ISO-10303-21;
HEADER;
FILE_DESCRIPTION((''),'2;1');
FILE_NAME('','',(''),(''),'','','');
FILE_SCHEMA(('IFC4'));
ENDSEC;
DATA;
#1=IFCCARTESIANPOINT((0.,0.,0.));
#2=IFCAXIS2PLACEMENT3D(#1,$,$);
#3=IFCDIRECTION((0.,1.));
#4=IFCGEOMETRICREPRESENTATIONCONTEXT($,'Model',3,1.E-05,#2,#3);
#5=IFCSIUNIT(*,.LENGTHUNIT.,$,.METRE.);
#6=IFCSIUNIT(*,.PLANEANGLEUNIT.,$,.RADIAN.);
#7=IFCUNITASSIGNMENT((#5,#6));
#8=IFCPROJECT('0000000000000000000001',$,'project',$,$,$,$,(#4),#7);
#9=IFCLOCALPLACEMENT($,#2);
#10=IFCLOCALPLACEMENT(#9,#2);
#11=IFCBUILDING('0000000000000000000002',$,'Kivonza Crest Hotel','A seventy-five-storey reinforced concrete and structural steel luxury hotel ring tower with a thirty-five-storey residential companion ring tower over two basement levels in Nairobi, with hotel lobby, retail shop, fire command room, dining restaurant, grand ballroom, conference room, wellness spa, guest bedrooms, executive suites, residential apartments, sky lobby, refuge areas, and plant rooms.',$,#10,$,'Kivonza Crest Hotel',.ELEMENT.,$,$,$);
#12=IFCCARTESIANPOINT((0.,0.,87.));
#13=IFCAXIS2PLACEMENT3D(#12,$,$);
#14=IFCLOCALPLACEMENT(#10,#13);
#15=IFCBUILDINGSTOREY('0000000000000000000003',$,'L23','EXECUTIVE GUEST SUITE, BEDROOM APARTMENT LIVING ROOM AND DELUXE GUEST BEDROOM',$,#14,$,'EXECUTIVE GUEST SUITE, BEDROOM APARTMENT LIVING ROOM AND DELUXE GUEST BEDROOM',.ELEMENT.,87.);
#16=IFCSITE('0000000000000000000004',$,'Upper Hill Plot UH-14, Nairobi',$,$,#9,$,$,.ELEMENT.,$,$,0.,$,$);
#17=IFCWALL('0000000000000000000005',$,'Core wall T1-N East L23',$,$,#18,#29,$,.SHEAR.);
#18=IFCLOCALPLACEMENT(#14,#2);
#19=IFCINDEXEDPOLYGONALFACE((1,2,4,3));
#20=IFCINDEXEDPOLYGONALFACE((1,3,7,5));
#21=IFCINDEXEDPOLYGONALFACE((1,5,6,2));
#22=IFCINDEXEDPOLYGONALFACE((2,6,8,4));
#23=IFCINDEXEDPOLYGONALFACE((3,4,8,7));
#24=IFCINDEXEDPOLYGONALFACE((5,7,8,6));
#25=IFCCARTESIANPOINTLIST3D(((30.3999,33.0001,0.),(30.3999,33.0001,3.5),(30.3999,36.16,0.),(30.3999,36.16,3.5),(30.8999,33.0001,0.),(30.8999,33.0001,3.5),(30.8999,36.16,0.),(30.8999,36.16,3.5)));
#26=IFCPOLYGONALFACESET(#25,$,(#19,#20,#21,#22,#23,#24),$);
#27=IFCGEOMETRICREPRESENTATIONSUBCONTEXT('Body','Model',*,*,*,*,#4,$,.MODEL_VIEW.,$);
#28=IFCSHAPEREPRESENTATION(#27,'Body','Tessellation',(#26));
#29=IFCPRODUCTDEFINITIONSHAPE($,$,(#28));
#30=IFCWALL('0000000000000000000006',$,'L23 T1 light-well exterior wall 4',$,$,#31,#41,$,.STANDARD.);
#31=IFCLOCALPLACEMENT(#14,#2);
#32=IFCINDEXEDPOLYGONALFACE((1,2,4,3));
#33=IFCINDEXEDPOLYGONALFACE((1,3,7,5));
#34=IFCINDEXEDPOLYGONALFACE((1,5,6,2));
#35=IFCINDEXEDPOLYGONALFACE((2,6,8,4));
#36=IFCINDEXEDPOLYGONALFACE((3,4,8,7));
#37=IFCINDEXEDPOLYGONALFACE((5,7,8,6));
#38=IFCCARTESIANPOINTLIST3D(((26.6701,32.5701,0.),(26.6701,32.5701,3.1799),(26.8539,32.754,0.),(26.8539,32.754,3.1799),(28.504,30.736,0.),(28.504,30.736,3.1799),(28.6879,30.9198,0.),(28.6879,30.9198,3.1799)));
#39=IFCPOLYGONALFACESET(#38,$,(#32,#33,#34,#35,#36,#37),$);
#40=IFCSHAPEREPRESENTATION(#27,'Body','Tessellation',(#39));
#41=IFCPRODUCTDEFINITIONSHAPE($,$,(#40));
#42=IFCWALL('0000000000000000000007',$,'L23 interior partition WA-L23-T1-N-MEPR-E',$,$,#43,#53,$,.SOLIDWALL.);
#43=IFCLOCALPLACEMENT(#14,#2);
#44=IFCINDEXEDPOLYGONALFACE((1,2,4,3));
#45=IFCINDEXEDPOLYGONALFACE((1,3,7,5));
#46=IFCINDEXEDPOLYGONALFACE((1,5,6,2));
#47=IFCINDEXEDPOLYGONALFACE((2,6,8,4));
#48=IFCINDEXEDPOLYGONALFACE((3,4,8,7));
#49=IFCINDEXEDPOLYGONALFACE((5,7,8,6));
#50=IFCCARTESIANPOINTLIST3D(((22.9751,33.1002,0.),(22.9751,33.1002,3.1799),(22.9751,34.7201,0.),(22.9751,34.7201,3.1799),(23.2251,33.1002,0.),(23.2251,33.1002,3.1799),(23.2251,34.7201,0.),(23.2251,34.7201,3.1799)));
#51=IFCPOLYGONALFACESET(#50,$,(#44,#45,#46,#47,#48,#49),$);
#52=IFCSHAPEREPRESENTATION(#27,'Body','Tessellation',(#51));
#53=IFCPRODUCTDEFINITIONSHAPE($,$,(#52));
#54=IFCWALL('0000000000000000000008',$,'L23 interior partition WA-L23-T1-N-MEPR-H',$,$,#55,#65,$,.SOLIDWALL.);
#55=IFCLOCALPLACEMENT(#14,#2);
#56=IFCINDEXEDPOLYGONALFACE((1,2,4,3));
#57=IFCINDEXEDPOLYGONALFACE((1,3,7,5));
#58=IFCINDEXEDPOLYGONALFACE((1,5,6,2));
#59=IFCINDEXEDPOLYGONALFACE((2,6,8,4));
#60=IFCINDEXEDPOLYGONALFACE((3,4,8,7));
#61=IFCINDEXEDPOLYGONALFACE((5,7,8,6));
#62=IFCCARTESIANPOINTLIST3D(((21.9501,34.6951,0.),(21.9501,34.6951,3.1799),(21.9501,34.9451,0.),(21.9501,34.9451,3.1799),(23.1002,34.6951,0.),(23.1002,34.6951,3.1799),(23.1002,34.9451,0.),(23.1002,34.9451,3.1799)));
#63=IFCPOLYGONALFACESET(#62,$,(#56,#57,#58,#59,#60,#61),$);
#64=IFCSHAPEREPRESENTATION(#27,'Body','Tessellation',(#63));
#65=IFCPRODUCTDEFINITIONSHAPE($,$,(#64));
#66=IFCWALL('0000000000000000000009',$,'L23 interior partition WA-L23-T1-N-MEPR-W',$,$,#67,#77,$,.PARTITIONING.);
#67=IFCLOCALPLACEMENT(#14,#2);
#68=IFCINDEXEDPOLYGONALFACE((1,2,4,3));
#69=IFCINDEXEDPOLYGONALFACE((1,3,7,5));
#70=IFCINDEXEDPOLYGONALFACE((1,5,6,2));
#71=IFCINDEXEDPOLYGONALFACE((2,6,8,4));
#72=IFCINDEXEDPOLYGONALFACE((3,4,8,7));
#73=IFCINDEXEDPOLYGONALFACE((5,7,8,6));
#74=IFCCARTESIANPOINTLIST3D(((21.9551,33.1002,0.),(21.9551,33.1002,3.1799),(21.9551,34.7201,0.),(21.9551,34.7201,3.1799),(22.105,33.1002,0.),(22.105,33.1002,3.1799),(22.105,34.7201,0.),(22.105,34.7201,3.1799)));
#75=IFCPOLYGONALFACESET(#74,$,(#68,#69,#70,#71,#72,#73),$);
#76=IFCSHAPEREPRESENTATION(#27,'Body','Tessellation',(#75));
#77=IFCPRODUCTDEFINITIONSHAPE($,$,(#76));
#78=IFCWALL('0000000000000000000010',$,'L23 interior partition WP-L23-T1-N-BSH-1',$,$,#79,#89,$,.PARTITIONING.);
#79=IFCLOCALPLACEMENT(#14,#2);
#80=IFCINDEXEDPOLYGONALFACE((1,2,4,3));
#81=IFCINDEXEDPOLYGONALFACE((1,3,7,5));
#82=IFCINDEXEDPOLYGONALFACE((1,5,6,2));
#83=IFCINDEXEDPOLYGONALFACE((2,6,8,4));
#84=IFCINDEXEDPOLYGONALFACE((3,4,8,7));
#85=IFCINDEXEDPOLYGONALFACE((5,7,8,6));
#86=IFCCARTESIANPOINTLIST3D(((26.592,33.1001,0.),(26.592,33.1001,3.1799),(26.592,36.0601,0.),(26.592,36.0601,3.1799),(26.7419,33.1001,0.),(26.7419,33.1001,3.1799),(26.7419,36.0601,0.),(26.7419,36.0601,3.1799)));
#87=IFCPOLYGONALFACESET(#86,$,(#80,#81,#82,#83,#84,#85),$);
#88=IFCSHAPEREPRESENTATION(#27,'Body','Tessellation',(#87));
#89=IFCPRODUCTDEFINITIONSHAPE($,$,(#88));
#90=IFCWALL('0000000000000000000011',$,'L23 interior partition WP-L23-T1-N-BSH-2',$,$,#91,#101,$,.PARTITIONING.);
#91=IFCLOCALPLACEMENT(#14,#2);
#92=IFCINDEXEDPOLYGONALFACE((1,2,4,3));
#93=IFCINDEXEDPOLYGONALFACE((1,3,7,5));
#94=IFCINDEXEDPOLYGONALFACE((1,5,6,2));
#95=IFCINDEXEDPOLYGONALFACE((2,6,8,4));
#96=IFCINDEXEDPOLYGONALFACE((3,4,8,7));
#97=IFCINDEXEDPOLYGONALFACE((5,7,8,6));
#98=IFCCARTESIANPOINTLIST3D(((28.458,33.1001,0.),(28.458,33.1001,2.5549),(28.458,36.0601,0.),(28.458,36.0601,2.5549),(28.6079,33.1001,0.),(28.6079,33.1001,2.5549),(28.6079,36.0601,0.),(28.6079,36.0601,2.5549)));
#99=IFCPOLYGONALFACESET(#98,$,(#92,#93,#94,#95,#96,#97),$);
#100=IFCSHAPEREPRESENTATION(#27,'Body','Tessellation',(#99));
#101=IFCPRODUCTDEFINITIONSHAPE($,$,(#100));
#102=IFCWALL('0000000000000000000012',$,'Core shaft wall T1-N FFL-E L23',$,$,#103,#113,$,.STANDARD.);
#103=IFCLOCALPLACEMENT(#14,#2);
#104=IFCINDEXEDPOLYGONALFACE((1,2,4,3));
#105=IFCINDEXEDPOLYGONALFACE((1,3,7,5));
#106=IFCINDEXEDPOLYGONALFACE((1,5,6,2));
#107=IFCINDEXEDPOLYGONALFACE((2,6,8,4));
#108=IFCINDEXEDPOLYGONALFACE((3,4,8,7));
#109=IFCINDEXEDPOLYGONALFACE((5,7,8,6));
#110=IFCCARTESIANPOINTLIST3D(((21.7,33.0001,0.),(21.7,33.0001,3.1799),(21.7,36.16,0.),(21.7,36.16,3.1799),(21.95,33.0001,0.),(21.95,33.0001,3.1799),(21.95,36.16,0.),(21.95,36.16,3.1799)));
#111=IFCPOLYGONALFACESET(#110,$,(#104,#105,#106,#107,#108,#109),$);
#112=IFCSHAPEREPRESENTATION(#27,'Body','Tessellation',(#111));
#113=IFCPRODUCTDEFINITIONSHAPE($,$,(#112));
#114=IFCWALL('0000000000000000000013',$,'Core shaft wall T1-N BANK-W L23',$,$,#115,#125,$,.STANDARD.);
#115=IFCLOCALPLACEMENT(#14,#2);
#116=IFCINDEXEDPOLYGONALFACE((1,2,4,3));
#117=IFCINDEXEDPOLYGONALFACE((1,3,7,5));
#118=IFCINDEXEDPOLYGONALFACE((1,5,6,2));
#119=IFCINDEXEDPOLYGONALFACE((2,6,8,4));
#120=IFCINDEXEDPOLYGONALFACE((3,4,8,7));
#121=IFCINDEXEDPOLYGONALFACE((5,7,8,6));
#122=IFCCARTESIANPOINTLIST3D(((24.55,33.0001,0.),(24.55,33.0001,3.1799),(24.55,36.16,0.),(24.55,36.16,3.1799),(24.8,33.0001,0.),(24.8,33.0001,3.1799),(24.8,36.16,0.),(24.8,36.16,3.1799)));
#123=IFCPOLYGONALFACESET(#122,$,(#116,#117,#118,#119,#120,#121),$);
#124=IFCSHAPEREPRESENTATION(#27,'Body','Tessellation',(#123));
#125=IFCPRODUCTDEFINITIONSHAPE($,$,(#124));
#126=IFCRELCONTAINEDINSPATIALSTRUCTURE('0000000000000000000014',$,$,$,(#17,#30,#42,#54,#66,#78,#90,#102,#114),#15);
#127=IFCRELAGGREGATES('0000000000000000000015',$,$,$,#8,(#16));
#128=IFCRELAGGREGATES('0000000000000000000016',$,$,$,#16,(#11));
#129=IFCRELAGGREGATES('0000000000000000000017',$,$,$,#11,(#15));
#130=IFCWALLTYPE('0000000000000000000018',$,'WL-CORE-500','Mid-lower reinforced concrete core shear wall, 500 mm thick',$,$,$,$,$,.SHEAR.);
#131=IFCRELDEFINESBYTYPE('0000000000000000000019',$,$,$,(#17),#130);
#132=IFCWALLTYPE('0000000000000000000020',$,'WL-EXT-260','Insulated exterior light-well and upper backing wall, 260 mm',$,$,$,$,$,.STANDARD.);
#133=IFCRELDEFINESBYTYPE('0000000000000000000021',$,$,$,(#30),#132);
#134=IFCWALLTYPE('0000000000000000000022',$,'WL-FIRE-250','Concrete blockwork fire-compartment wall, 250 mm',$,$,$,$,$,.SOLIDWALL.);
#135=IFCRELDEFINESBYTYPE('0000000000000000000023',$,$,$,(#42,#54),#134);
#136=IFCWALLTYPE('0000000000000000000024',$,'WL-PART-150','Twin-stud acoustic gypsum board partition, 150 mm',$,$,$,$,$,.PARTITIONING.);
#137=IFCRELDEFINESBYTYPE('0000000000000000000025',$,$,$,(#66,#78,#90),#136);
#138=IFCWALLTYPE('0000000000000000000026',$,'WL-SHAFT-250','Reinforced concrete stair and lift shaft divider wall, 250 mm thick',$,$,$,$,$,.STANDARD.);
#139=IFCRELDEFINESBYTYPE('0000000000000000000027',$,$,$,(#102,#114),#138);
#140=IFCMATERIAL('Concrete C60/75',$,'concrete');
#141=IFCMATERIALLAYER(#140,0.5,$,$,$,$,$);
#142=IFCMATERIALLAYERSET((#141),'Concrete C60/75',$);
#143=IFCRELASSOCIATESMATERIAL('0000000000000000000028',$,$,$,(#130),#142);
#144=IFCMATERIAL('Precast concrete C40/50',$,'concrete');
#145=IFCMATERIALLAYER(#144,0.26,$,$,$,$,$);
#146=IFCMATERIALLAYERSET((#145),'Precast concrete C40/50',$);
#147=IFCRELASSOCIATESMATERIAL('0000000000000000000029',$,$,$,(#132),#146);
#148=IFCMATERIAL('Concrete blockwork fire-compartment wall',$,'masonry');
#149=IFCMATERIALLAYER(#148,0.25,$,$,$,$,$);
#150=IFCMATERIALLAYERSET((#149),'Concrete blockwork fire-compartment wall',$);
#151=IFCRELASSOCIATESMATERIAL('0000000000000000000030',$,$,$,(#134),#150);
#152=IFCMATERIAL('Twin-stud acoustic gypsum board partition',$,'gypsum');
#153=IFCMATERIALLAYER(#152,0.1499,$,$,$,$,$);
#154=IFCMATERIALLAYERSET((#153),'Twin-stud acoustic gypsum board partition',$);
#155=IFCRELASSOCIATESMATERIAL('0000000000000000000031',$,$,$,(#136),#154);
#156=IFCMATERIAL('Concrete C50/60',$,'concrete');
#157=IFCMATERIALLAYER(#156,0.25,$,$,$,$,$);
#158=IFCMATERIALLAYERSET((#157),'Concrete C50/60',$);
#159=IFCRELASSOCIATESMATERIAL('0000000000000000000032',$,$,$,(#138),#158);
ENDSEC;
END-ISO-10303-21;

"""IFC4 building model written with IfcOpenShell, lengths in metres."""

from ifc_helpers import new_model, si_unit, direction, frame, frame_2d, origin, place, context, subcontext, project, spatial, rectangle, extrude, material, layer, layer_set, type_object, element, save


model = new_model("IFC4")

# Units and contexts
model_context = context("Model", 3, precision=1e-05, world=origin(), true_north=direction((0.0, 1.0)))
body_context = subcontext(model_context, "Body", "Model", "MODEL_VIEW")
ifc_project = project(units=[si_unit("LENGTHUNIT", "METRE"), si_unit("PLANEANGLEUNIT", "RADIAN")], contexts=[model_context])

# Site, building, storey
site_placement = place(None, origin())
site = spatial("IfcSite", under=ifc_project, at=site_placement, Name="Upper Hill Plot UH-14, Nairobi", CompositionType="ELEMENT", RefElevation=0.0)
building_placement = place(site_placement, origin())
building = spatial("IfcBuilding", under=site, at=building_placement, Name="Kivonza Crest Hotel", Description="A seventy-five-storey reinforced concrete and structural steel luxury hotel ring tower with a thirty-five-storey residential companion ring tower over two basement levels in Nairobi, with hotel lobby, retail shop, fire command room, dining restaurant, grand ballroom, conference room, wellness spa, guest bedrooms, executive suites, residential apartments, sky lobby, refuge areas, and plant rooms.", LongName="Kivonza Crest Hotel", CompositionType="ELEMENT")
storey_placement = place(building_placement, frame((0.0, 0.0, 87.0)))
storey = spatial("IfcBuildingStorey", under=building, at=storey_placement, Name="L23", Description="EXECUTIVE GUEST SUITE, BEDROOM APARTMENT LIVING ROOM AND DELUXE GUEST BEDROOM", LongName="EXECUTIVE GUEST SUITE, BEDROOM APARTMENT LIVING ROOM AND DELUXE GUEST BEDROOM", CompositionType="ELEMENT", Elevation=87.0)

# Shared definitions
ifc_material_1 = material(Name="Concrete C50/60", Category="concrete")
ifc_material_2 = material(Name="Concrete C60/75", Category="concrete")

# Walls
ifc_layer_1 = layer(ifc_material_2, 0.5)
ifc_layer_set_1 = layer_set([ifc_layer_1], Name="Concrete C60/75")
wall_type_1 = type_object("IfcWallType", Name="WL-CORE-500", Description="Mid-lower reinforced concrete core shear wall, 500 mm thick", PredefinedType="SHEAR", material=ifc_layer_set_1)
wall_1_placement = place(storey_placement, frame((30.6499, 33.0, 0.0), z_axis=(0.0, 0.0, 1.0), x_axis=(0.0, 1.0, 0.0)))
element("IfcWall", 1, at=wall_1_placement, inside=storey, type_object=wall_type_1, Name="Core wall T1-N East L23", PredefinedType="SHEAR", context=body_context, shape_type="SweptSolid", body=[
    extrude(rectangle(XDim=3.1599, YDim=0.5, at=frame_2d((1.5801, 0.0))), origin(), (0.0, 0.0, 1.0), 3.5),
])
ifc_material_3 = material(Name="Precast concrete C40/50", Category="concrete")
ifc_layer_2 = layer(ifc_material_3, 0.26)
ifc_layer_set_2 = layer_set([ifc_layer_2], Name="Precast concrete C40/50")
wall_type_2 = type_object("IfcWallType", Name="WL-EXT-260", Description="Insulated exterior light-well and upper backing wall, 260 mm", PredefinedType="STANDARD", material=ifc_layer_set_2)
wall_2_placement = place(storey_placement, frame((28.5959, 30.8279, 0.0), z_axis=(0.0, 0.0, 1.0), x_axis=(-0.70706, 0.707154, 0.0)))
element("IfcWall", 2, at=wall_2_placement, inside=storey, type_object=wall_type_2, Name="L23 T1 light-well exterior wall 4", PredefinedType="STANDARD", context=body_context, shape_type="SweptSolid", body=[
    extrude(rectangle(XDim=2.5938, YDim=0.26, at=frame_2d((1.2969, 0.0))), origin(), (0.0, 0.0, 1.0), 3.1799),
])
ifc_material_4 = material(Name="Concrete blockwork fire-compartment wall", Category="masonry")
ifc_layer_3 = layer(ifc_material_4, 0.25)
ifc_layer_set_3 = layer_set([ifc_layer_3], Name="Concrete blockwork fire-compartment wall")
wall_type_3 = type_object("IfcWallType", Name="WL-FIRE-250", Description="Concrete blockwork fire-compartment wall, 250 mm", PredefinedType="SOLIDWALL", material=ifc_layer_set_3)
wall_3_placement = place(storey_placement, frame((23.1001, 33.1001, 0.0), z_axis=(0.0, 0.0, 1.0), x_axis=(0.0, 1.0, 0.0)))
element("IfcWall", 3, at=wall_3_placement, inside=storey, type_object=wall_type_3, Name="L23 interior partition WA-L23-T1-N-MEPR-E", PredefinedType="SOLIDWALL", context=body_context, shape_type="SweptSolid", body=[
    extrude(rectangle(XDim=1.6199, YDim=0.25, at=frame_2d((0.8101, 0.0))), origin(), (0.0, 0.0, 1.0), 3.1799),
])
wall_4_placement = place(storey_placement, frame((21.95, 34.8201, 0.0), z_axis=(0.0, 0.0, 1.0), x_axis=(1.0, 0.0, 0.0)))
element("IfcWall", 4, at=wall_4_placement, inside=storey, type_object=wall_type_3, Name="L23 interior partition WA-L23-T1-N-MEPR-H", PredefinedType="SOLIDWALL", context=body_context, shape_type="SweptSolid", body=[
    extrude(rectangle(XDim=1.1501, YDim=0.25, at=frame_2d((0.5752, 0.0))), origin(), (0.0, 0.0, 1.0), 3.1799),
])
ifc_material_5 = material(Name="Twin-stud acoustic gypsum board partition", Category="gypsum")
ifc_layer_4 = layer(ifc_material_5, 0.1499)
ifc_layer_set_4 = layer_set([ifc_layer_4], Name="Twin-stud acoustic gypsum board partition")
wall_type_4 = type_object("IfcWallType", Name="WL-PART-150", Description="Twin-stud acoustic gypsum board partition, 150 mm", PredefinedType="PARTITIONING", material=ifc_layer_set_4)
wall_5_placement = place(storey_placement, frame((22.03, 33.1001, 0.0), z_axis=(0.0, 0.0, 1.0), x_axis=(0.0, 1.0, 0.0)))
element("IfcWall", 5, at=wall_5_placement, inside=storey, type_object=wall_type_4, Name="L23 interior partition WA-L23-T1-N-MEPR-W", PredefinedType="PARTITIONING", context=body_context, shape_type="SweptSolid", body=[
    extrude(rectangle(XDim=1.6199, YDim=0.1499, at=frame_2d((0.8101, 0.0))), origin(), (0.0, 0.0, 1.0), 3.1799),
])
wall_6_placement = place(storey_placement, frame((26.667, 33.1001, 0.0), z_axis=(0.0, 0.0, 1.0), x_axis=(0.0, 1.0, 0.0)))
element("IfcWall", 6, at=wall_6_placement, inside=storey, type_object=wall_type_4, Name="L23 interior partition WP-L23-T1-N-BSH-1", PredefinedType="PARTITIONING", context=body_context, shape_type="SweptSolid", body=[
    extrude(rectangle(XDim=2.96, YDim=0.1499, at=frame_2d((1.48, 0.0))), origin(), (0.0, 0.0, 1.0), 3.1799),
])
wall_7_placement = place(storey_placement, frame((28.533, 33.1001, 0.0), z_axis=(0.0, 0.0, 1.0), x_axis=(0.0, 1.0, 0.0)))
element("IfcWall", 7, at=wall_7_placement, inside=storey, type_object=wall_type_4, Name="L23 interior partition WP-L23-T1-N-BSH-2", PredefinedType="PARTITIONING", context=body_context, shape_type="SweptSolid", body=[
    extrude(rectangle(XDim=2.96, YDim=0.1499, at=frame_2d((1.48, 0.0))), origin(), (0.0, 0.0, 1.0), 2.5549),
])

# Shared definitions
ifc_layer_5 = layer(ifc_material_1, 0.25)
ifc_layer_set_5 = layer_set([ifc_layer_5], Name="Concrete C50/60")
wall_type_5 = type_object("IfcWallType", Name="WL-SHAFT-250", Description="Reinforced concrete stair and lift shaft divider wall, 250 mm thick", PredefinedType="STANDARD", material=ifc_layer_set_5)

# Walls
for number, where, z_axis, x_axis, name in (
    (8, (21.825, 33.0, 0.0), (0.0, 0.0, 1.0), (0.0, 1.0, 0.0), "Core shaft wall T1-N FFL-E L23"),
    (9, (24.675, 33.0, 0.0), (0.0, 0.0, 1.0), (0.0, 1.0, 0.0), "Core shaft wall T1-N BANK-W L23"),
):
    element("IfcWall", number, at=place(storey_placement, frame(where, z_axis=z_axis, x_axis=x_axis)), inside=storey, type_object=wall_type_5, Name=name, PredefinedType="STANDARD", context=body_context, shape_type="SweptSolid", body=[
        extrude(rectangle(XDim=3.1599, YDim=0.25, at=frame_2d((1.5801, 0.0))), origin(), (0.0, 0.0, 1.0), 3.1799),
    ])

save(model, "model.ifc")
